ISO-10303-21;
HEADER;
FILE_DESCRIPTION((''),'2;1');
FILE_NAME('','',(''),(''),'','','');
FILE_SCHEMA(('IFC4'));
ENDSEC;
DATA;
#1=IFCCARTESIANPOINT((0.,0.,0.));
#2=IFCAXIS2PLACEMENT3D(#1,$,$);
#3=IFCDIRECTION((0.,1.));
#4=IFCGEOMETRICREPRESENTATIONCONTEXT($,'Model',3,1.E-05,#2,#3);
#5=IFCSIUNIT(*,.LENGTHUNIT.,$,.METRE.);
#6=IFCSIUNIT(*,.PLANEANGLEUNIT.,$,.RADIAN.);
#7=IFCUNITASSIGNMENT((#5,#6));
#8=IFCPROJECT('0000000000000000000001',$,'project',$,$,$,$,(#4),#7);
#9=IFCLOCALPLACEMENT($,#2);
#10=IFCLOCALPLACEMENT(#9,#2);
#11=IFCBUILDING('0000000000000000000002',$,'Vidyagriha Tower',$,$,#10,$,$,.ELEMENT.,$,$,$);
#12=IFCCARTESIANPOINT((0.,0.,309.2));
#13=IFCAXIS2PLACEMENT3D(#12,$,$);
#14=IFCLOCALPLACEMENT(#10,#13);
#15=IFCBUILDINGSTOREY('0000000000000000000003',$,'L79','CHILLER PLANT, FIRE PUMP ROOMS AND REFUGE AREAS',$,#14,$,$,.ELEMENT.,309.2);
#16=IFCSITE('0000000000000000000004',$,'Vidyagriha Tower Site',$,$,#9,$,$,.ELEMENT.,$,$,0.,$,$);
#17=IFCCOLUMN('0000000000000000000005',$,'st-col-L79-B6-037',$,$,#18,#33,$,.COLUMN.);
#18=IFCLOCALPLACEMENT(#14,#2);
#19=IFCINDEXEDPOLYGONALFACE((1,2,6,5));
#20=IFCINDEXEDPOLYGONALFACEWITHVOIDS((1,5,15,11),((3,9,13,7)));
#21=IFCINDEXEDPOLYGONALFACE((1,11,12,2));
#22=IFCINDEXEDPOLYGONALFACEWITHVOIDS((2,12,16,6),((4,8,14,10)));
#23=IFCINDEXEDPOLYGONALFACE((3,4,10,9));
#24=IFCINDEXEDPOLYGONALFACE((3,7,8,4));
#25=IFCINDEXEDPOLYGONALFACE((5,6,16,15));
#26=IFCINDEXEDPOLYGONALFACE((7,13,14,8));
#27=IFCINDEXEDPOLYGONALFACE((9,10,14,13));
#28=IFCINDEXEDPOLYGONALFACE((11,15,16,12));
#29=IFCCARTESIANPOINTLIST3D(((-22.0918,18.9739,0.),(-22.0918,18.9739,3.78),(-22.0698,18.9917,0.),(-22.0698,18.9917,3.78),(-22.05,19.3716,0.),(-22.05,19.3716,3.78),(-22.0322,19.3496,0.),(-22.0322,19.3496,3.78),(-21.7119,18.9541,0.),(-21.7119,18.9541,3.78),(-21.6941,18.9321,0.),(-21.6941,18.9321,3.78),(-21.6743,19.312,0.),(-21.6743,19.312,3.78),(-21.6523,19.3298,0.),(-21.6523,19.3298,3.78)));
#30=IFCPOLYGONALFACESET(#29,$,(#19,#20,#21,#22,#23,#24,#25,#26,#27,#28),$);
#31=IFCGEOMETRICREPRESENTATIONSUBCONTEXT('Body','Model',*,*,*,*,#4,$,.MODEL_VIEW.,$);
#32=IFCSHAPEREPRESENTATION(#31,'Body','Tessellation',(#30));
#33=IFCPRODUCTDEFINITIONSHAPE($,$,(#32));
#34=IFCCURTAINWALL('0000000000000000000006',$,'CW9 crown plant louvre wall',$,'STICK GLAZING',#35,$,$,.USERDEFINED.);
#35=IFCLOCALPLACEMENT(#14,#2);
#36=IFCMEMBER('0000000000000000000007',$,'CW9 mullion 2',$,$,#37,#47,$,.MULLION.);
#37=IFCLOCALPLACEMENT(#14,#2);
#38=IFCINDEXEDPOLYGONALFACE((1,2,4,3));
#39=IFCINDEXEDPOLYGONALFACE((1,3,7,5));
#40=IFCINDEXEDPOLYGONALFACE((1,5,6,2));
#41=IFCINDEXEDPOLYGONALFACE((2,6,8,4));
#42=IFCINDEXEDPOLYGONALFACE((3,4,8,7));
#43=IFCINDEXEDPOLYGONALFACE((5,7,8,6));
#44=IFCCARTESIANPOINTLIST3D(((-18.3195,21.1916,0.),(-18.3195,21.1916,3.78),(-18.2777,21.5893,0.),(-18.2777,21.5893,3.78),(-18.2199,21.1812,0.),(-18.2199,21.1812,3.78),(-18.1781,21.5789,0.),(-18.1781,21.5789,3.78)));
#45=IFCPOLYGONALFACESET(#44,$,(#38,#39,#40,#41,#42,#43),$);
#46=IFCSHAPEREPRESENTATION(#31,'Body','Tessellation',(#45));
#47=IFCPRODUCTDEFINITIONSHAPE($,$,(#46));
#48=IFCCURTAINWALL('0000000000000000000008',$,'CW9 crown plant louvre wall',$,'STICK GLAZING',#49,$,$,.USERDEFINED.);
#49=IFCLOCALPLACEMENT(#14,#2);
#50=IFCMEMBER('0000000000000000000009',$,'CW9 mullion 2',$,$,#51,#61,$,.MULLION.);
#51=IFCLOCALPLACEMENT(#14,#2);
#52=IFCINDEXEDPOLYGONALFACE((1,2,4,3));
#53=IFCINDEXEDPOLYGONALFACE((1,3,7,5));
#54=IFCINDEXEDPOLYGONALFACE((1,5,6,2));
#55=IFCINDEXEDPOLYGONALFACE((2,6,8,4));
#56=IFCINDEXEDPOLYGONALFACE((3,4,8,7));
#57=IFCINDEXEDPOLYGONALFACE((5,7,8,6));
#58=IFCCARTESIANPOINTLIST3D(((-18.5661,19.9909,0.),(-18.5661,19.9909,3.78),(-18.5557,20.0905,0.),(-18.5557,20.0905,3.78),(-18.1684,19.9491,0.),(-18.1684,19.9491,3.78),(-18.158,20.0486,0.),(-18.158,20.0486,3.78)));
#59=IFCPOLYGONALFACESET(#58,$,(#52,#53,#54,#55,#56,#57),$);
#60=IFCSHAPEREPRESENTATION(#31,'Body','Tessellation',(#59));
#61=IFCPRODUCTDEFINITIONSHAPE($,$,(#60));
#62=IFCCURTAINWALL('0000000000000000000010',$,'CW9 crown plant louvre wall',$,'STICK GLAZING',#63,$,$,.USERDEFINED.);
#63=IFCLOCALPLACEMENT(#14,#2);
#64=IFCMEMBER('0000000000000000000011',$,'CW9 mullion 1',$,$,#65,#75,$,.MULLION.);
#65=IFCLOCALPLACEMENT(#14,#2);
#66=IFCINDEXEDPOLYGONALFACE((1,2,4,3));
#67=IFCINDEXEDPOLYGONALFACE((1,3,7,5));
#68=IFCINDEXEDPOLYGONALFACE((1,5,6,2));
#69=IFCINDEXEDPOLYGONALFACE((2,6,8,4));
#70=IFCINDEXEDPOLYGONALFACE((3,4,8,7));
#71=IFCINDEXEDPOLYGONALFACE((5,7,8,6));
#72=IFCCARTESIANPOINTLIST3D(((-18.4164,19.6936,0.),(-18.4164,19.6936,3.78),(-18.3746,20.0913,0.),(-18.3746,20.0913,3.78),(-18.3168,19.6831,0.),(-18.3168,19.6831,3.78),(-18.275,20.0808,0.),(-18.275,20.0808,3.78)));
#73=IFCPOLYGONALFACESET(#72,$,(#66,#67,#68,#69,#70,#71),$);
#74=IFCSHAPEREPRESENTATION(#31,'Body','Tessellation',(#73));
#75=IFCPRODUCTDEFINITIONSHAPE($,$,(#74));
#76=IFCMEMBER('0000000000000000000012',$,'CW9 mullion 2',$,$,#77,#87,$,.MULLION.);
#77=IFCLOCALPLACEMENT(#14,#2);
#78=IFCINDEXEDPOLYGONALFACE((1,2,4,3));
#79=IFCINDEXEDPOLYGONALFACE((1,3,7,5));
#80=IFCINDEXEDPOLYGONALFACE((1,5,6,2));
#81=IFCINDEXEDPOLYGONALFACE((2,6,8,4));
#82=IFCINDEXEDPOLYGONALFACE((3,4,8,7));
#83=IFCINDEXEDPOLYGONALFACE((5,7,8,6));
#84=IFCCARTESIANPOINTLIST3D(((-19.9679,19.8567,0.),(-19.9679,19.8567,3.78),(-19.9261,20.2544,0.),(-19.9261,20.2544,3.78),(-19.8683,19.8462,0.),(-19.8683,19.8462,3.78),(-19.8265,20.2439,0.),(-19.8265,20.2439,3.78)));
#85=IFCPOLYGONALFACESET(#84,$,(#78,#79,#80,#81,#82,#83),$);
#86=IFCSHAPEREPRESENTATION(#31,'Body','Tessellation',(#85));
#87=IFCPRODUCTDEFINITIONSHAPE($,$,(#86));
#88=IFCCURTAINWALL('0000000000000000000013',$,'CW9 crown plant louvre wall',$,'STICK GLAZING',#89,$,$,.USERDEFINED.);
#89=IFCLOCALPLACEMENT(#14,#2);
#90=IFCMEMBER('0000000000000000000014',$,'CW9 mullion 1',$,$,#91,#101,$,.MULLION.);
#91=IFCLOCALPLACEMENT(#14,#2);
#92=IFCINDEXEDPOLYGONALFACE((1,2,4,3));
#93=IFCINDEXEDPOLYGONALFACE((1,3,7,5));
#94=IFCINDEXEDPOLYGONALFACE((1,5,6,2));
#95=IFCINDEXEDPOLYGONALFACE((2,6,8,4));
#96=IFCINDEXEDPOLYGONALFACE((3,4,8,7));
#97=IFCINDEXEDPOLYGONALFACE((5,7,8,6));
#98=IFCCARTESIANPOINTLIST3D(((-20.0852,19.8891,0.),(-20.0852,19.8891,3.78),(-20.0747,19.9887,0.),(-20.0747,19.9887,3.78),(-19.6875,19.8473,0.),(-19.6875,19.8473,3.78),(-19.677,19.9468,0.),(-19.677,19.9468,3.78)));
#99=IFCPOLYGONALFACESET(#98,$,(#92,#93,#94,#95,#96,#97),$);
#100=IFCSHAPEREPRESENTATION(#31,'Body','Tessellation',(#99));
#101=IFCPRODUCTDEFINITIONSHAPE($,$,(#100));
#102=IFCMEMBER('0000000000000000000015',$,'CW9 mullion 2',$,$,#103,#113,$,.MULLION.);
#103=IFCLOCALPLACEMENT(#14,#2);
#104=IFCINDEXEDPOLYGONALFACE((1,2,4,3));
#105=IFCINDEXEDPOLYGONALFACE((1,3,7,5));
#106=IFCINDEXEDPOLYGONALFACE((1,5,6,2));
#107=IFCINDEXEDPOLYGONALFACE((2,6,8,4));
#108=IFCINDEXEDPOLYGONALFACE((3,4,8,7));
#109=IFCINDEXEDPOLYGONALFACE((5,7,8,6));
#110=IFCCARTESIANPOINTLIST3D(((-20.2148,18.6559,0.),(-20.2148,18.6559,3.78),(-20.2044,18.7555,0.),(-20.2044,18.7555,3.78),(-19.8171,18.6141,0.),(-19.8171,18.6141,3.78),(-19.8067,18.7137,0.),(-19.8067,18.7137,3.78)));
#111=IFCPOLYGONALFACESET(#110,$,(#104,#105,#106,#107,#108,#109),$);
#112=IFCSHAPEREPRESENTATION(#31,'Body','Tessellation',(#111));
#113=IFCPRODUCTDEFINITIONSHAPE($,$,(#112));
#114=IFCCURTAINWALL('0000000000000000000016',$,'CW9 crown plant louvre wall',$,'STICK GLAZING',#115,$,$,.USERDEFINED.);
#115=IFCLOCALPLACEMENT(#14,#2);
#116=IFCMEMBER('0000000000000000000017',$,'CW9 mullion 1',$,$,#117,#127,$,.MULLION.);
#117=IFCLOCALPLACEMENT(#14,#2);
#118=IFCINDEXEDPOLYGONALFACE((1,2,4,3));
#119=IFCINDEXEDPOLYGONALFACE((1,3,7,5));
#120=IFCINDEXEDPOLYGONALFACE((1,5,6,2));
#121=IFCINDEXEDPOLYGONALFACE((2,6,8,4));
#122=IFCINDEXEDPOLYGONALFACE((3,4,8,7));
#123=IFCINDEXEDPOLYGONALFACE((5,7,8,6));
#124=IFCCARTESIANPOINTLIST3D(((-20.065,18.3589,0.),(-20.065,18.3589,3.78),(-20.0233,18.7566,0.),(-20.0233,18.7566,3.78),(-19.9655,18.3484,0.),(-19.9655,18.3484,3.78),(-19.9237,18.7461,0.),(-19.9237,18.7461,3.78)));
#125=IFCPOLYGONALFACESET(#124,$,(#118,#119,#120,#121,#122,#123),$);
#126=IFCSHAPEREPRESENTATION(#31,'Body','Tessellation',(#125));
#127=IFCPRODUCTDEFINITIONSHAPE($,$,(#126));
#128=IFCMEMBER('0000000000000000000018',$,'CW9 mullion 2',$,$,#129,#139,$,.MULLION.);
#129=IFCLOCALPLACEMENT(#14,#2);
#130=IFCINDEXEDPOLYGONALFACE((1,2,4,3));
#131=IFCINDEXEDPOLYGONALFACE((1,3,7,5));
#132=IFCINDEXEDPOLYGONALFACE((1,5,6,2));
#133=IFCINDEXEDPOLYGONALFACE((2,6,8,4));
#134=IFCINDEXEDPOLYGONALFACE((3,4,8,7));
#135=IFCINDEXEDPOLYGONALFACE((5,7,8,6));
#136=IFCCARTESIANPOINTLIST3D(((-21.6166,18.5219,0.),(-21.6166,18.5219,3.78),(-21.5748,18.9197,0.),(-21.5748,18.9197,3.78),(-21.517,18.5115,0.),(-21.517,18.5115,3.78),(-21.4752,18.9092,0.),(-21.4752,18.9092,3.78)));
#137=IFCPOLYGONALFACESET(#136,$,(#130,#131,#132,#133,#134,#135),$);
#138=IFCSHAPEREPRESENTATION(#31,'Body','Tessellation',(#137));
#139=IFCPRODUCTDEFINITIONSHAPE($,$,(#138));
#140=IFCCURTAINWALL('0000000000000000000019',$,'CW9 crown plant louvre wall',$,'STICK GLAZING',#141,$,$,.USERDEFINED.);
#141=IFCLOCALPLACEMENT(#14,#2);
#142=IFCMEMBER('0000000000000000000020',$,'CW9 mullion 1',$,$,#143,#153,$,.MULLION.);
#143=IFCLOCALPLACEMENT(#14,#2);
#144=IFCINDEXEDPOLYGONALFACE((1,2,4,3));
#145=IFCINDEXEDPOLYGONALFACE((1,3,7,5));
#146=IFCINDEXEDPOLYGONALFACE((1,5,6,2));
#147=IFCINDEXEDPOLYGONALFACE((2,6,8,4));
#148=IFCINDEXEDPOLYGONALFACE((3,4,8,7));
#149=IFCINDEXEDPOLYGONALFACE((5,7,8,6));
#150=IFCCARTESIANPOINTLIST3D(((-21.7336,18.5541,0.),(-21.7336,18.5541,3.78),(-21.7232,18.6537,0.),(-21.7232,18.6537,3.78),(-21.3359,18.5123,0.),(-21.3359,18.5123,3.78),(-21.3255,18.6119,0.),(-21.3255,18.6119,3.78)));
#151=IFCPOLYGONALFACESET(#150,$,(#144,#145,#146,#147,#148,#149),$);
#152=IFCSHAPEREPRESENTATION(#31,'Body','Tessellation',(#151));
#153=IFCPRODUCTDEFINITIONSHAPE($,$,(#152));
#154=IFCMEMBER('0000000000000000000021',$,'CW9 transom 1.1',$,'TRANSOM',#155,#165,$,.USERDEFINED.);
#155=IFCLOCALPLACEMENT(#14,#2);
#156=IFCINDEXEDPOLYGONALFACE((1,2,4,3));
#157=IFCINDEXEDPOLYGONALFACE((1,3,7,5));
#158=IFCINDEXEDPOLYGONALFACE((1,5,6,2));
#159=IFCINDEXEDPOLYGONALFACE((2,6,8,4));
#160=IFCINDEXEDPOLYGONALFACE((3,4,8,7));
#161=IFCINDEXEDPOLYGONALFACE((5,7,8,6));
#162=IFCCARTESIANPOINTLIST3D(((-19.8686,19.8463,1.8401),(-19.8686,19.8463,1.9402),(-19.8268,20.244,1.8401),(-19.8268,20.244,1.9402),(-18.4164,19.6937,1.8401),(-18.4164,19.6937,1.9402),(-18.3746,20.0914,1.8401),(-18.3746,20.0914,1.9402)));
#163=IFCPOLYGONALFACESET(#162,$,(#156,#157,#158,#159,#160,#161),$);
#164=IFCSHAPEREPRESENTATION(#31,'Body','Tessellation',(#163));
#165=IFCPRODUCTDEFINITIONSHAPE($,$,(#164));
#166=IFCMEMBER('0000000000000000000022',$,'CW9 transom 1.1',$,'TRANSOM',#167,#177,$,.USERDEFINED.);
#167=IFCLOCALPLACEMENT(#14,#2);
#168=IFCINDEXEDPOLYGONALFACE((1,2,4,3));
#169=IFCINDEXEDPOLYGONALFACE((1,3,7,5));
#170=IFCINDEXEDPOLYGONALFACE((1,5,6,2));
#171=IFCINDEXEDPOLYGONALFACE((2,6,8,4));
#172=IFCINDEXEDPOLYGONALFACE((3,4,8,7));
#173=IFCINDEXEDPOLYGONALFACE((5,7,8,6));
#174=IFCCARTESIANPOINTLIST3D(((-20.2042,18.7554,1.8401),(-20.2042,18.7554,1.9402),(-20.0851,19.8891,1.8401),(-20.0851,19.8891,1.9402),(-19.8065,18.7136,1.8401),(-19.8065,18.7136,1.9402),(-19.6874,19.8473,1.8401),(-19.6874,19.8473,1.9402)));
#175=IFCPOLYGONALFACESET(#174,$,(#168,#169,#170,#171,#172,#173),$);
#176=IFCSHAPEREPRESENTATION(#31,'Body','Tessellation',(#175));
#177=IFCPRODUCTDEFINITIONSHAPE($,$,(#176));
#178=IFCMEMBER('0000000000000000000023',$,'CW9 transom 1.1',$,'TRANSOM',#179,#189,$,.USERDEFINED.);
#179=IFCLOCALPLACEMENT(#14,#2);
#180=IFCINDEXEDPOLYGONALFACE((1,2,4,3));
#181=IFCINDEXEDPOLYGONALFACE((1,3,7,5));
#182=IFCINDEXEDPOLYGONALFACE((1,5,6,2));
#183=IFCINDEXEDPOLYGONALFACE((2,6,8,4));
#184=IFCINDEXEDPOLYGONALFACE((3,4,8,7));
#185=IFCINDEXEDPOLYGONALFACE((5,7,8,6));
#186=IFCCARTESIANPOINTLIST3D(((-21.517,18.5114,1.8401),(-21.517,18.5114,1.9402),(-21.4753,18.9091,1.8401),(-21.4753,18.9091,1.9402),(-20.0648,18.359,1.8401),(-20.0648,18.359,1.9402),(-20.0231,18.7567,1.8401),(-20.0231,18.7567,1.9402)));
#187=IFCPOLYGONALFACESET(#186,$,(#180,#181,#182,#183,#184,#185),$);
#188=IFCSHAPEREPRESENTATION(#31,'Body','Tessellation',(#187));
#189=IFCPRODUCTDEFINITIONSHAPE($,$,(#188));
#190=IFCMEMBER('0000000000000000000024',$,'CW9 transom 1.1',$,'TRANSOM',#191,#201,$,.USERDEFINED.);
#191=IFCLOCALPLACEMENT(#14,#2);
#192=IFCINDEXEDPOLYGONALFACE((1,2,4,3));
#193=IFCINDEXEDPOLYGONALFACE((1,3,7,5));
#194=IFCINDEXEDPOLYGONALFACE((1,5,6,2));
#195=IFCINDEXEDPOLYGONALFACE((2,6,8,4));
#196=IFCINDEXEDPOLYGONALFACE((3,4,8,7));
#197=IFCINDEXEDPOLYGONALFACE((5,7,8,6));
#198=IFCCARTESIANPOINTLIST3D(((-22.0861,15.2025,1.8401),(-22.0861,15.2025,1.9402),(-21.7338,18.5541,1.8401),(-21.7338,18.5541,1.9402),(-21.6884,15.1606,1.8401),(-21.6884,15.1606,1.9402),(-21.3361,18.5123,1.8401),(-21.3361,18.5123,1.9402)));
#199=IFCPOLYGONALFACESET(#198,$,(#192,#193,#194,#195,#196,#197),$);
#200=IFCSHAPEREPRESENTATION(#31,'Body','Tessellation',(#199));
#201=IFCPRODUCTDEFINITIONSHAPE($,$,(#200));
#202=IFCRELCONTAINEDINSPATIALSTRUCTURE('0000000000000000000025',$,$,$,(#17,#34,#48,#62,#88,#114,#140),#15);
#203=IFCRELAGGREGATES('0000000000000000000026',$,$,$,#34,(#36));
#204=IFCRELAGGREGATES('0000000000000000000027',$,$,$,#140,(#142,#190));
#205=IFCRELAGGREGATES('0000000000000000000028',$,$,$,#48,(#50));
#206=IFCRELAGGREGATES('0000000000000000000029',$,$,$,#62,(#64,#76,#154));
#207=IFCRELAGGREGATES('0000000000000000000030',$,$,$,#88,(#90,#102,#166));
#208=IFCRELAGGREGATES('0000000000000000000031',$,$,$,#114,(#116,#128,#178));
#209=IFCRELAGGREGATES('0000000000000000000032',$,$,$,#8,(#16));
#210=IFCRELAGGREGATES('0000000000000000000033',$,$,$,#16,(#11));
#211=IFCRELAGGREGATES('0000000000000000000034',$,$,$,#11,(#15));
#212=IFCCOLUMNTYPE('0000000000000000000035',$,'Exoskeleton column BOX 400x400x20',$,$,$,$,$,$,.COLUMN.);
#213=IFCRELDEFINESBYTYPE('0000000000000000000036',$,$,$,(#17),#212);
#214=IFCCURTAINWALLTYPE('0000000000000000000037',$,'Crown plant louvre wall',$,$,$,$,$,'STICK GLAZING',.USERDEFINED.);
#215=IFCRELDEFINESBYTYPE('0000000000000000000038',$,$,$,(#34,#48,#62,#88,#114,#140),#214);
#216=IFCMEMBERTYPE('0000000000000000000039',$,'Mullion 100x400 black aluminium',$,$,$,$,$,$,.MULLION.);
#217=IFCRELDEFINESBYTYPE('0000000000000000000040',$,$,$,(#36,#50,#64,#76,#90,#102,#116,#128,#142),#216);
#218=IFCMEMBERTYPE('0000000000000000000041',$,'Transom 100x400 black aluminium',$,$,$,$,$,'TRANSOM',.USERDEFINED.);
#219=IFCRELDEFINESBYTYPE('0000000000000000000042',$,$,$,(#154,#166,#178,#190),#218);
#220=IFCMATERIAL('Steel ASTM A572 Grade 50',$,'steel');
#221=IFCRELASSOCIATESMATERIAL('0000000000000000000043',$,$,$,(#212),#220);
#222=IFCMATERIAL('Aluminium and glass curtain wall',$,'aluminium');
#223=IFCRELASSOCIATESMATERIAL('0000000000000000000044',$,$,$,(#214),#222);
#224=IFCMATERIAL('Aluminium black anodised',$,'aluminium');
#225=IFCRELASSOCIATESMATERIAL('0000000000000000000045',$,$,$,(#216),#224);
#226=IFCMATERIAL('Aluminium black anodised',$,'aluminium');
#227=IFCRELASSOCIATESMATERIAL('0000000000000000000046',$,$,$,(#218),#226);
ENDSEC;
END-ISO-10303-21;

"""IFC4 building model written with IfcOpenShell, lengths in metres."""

from ifc_helpers import new_model, si_unit, direction, frame, origin, origin_2d, place, context, subcontext, project, spatial, rectangle, hollow_rectangle, extrude, material, material_profile, profile_set, type_object, element, aggregate, save


model = new_model("IFC4")

# Units and contexts
model_context = context("Model", 3, precision=1e-05, world=origin(), true_north=direction((0.0, 1.0)))
body_context = subcontext(model_context, "Body", "Model", "MODEL_VIEW")
ifc_project = project(units=[si_unit("LENGTHUNIT", "METRE"), si_unit("PLANEANGLEUNIT", "RADIAN")], contexts=[model_context])

# Site, building, storey
site_placement = place(None, origin())
site = spatial("IfcSite", under=ifc_project, at=site_placement, Name="Vidyagriha Tower Site", CompositionType="ELEMENT", RefElevation=0.0)
building_placement = place(site_placement, origin())
building = spatial("IfcBuilding", under=site, at=building_placement, Name="Vidyagriha Tower", CompositionType="ELEMENT")
storey_placement = place(building_placement, frame((0.0, 0.0, 309.2)))
storey = spatial("IfcBuildingStorey", under=building, at=storey_placement, Name="L79", Description="CHILLER PLANT, FIRE PUMP ROOMS AND REFUGE AREAS", CompositionType="ELEMENT", Elevation=309.2)

# Column
ifc_material_1 = material(Name="Steel ASTM A572 Grade 50", Category="steel")
ifc_material_profile_1 = material_profile(ifc_material_1, hollow_rectangle(XDim=0.3999, YDim=0.3999, WallThickness=0.02, at=origin_2d()), Name="BOX 400x400x20")
ifc_profile_set_1 = profile_set([ifc_material_profile_1], Name="Steel ASTM A572 Grade 50")
column_type = type_object("IfcColumnType", Name="Exoskeleton column BOX 400x400x20", PredefinedType="COLUMN", material=ifc_profile_set_1)
column_placement = place(storey_placement, frame((-21.8721, 19.1519, 0.0), z_axis=(0.0, 0.0, 1.0), x_axis=(0.994522, -0.104528, 0.0)))
element("IfcColumn", 1, at=column_placement, inside=storey, type_object=column_type, Name="st-col-L79-B6-037", PredefinedType="COLUMN", context=body_context, shape_type="SweptSolid", body=[
    extrude(hollow_rectangle(XDim=0.3999, YDim=0.3999, WallThickness=0.02, at=origin_2d()), origin(), (0.0, 0.0, 1.0), 3.78),
])

# Curtain walls, members
ifc_material_2 = material(Name="Aluminium and glass curtain wall", Category="aluminium")
curtain_wall_type = type_object("IfcCurtainWallType", Name="Crown plant louvre wall", ElementType="STICK GLAZING", PredefinedType="USERDEFINED", material=ifc_material_2)
curtain_wall_1_placement = place(storey_placement, origin())
curtain_wall_1 = element("IfcCurtainWall", 2, at=curtain_wall_1_placement, inside=storey, type_object=curtain_wall_type, Name="CW9 crown plant louvre wall", ObjectType="STICK GLAZING", PredefinedType="USERDEFINED")
ifc_material_3 = material(Name="Aluminium black anodised", Category="aluminium")
ifc_material_profile_2 = material_profile(ifc_material_3, rectangle(XDim=0.3999, YDim=0.1001, at=origin_2d()), Name="Mullion 100x400 black aluminium")
ifc_profile_set_2 = profile_set([ifc_material_profile_2], Name="Aluminium black anodised")
member_type_1 = type_object("IfcMemberType", Name="Mullion 100x400 black aluminium", PredefinedType="MULLION", material=ifc_profile_set_2)
member_1_placement = place(storey_placement, frame((-18.2488, 21.3853, 0.0), z_axis=(0.0, 0.0, 1.0), x_axis=(-0.104519, -0.994523, 0.0)))
member_1 = element("IfcMember", 3, at=member_1_placement, type_object=member_type_1, Name="CW9 mullion 2", PredefinedType="MULLION", context=body_context, shape_type="SweptSolid", body=[
    extrude(rectangle(XDim=0.3999, YDim=0.1001, at=origin_2d()), origin(), (0.0, 0.0, 1.0), 3.78),
])
aggregate(curtain_wall_1, [member_1])
curtain_wall_2_placement = place(storey_placement, origin())
curtain_wall_2 = element("IfcCurtainWall", 4, at=curtain_wall_2_placement, inside=storey, type_object=curtain_wall_type, Name="CW9 crown plant louvre wall", ObjectType="STICK GLAZING", PredefinedType="USERDEFINED")
member_2_placement = place(storey_placement, frame((-18.3621, 20.0198, 0.0), z_axis=(0.0, 0.0, 1.0), x_axis=(0.99452, -0.104549, 0.0)))
member_2 = element("IfcMember", 5, at=member_2_placement, type_object=member_type_1, Name="CW9 mullion 2", PredefinedType="MULLION", context=body_context, shape_type="SweptSolid", body=[
    extrude(rectangle(XDim=0.3999, YDim=0.1001, at=origin_2d()), origin(), (0.0, 0.0, 1.0), 3.78),
])

# Curtain walls, members
curtain_wall_3_placement = place(storey_placement, origin())
curtain_wall_3 = element("IfcCurtainWall", 6, at=curtain_wall_3_placement, inside=storey, type_object=curtain_wall_type, Name="CW9 crown plant louvre wall", ObjectType="STICK GLAZING", PredefinedType="USERDEFINED")
member_3_placement = place(storey_placement, frame((-18.3457, 19.8872, 0.0), z_axis=(0.0, 0.0, 1.0), x_axis=(-0.104512, -0.994524, 0.0)))
member_3 = element("IfcMember", 7, at=member_3_placement, type_object=member_type_1, Name="CW9 mullion 1", PredefinedType="MULLION", context=body_context, shape_type="SweptSolid", body=[
    extrude(rectangle(XDim=0.3999, YDim=0.1001, at=origin_2d()), origin(), (0.0, 0.0, 1.0), 3.78),
])
member_4_placement = place(storey_placement, frame((-19.8972, 20.0503, 0.0), z_axis=(0.0, 0.0, 1.0), x_axis=(-0.104512, -0.994524, 0.0)))
member_4 = element("IfcMember", 8, at=member_4_placement, type_object=member_type_1, Name="CW9 mullion 2", PredefinedType="MULLION", context=body_context, shape_type="SweptSolid", body=[
    extrude(rectangle(XDim=0.3999, YDim=0.1001, at=origin_2d()), origin(), (0.0, 0.0, 1.0), 3.78),
])
curtain_wall_4_placement = place(storey_placement, origin())
curtain_wall_4 = element("IfcCurtainWall", 9, at=curtain_wall_4_placement, inside=storey, type_object=curtain_wall_type, Name="CW9 crown plant louvre wall", ObjectType="STICK GLAZING", PredefinedType="USERDEFINED")
member_5_placement = place(storey_placement, frame((-19.8811, 19.918, 0.0), z_axis=(0.0, 0.0, 1.0), x_axis=(0.994518, -0.104564, 0.0)))
member_5 = element("IfcMember", 10, at=member_5_placement, type_object=member_type_1, Name="CW9 mullion 1", PredefinedType="MULLION", context=body_context, shape_type="SweptSolid", body=[
    extrude(rectangle(XDim=0.3999, YDim=0.1001, at=origin_2d()), origin(), (0.0, 0.0, 1.0), 3.78),
])
member_6_placement = place(storey_placement, frame((-20.0107, 18.6848, 0.0), z_axis=(0.0, 0.0, 1.0), x_axis=(0.994518, -0.104564, 0.0)))
member_6 = element("IfcMember", 11, at=member_6_placement, type_object=member_type_1, Name="CW9 mullion 2", PredefinedType="MULLION", context=body_context, shape_type="SweptSolid", body=[
    extrude(rectangle(XDim=0.3999, YDim=0.1001, at=origin_2d()), origin(), (0.0, 0.0, 1.0), 3.78),
])
curtain_wall_5_placement = place(storey_placement, origin())
curtain_wall_5 = element("IfcCurtainWall", 12, at=curtain_wall_5_placement, inside=storey, type_object=curtain_wall_type, Name="CW9 crown plant louvre wall", ObjectType="STICK GLAZING", PredefinedType="USERDEFINED")
member_7_placement = place(storey_placement, frame((-19.9944, 18.5525, 0.0), z_axis=(0.0, 0.0, 1.0), x_axis=(-0.104453, -0.99453, 0.0)))
member_7 = element("IfcMember", 13, at=member_7_placement, type_object=member_type_1, Name="CW9 mullion 1", PredefinedType="MULLION", context=body_context, shape_type="SweptSolid", body=[
    extrude(rectangle(XDim=0.3999, YDim=0.1001, at=origin_2d()), origin(), (0.0, 0.0, 1.0), 3.78),
])
member_8_placement = place(storey_placement, frame((-21.5459, 18.7156, 0.0), z_axis=(0.0, 0.0, 1.0), x_axis=(-0.104453, -0.99453, 0.0)))
member_8 = element("IfcMember", 14, at=member_8_placement, type_object=member_type_1, Name="CW9 mullion 2", PredefinedType="MULLION", context=body_context, shape_type="SweptSolid", body=[
    extrude(rectangle(XDim=0.3999, YDim=0.1001, at=origin_2d()), origin(), (0.0, 0.0, 1.0), 3.78),
])

# Curtain wall, member
curtain_wall_6_placement = place(storey_placement, origin())
curtain_wall_6 = element("IfcCurtainWall", 15, at=curtain_wall_6_placement, inside=storey, type_object=curtain_wall_type, Name="CW9 crown plant louvre wall", ObjectType="STICK GLAZING", PredefinedType="USERDEFINED")
member_9_placement = place(storey_placement, frame((-21.5295, 18.583, 0.0), z_axis=(0.0, 0.0, 1.0), x_axis=(0.994522, -0.104527, 0.0)))
member_9 = element("IfcMember", 16, at=member_9_placement, type_object=member_type_1, Name="CW9 mullion 1", PredefinedType="MULLION", context=body_context, shape_type="SweptSolid", body=[
    extrude(rectangle(XDim=0.3999, YDim=0.1001, at=origin_2d()), origin(), (0.0, 0.0, 1.0), 3.78),
])

# Members
ifc_material_4 = material(Name="Aluminium black anodised", Category="aluminium")
ifc_material_profile_3 = material_profile(ifc_material_4, rectangle(XDim=0.3999, YDim=0.1001, at=origin_2d()), Name="Transom 100x400 black aluminium")
ifc_profile_set_3 = profile_set([ifc_material_profile_3], Name="Aluminium black anodised")
member_type_2 = type_object("IfcMemberType", Name="Transom 100x400 black aluminium", ElementType="TRANSOM", PredefinedType="USERDEFINED", material=ifc_profile_set_3)
member_10_placement = place(storey_placement, frame((-18.3955, 19.8926, 1.8901), z_axis=(-0.994525, 0.104502, 0.0), x_axis=(-0.104502, -0.994525, 0.0)))
member_10 = element("IfcMember", 17, at=member_10_placement, type_object=member_type_2, Name="CW9 transom 1.1", ObjectType="TRANSOM", PredefinedType="USERDEFINED", context=body_context, shape_type="SweptSolid", body=[
    extrude(rectangle(XDim=0.3999, YDim=0.1001, at=origin_2d()), origin(), (0.0, 0.0, 1.0), 1.4602),
])
member_11_placement = place(storey_placement, frame((-19.8862, 19.8682, 1.8901), z_axis=(-0.104529, -0.994522, 0.0), x_axis=(0.994522, -0.104529, 0.0)))
member_11 = element("IfcMember", 18, at=member_11_placement, type_object=member_type_2, Name="CW9 transom 1.1", ObjectType="TRANSOM", PredefinedType="USERDEFINED", context=body_context, shape_type="SweptSolid", body=[
    extrude(rectangle(XDim=0.3999, YDim=0.1001, at=origin_2d()), origin(), (0.0, 0.0, 1.0), 1.1399),
])
member_12_placement = place(storey_placement, frame((-20.0439, 18.5579, 1.8901), z_axis=(-0.994542, 0.104337, 0.0), x_axis=(-0.104337, -0.994542, 0.0)))
member_12 = element("IfcMember", 19, at=member_12_placement, type_object=member_type_2, Name="CW9 transom 1.1", ObjectType="TRANSOM", PredefinedType="USERDEFINED", context=body_context, shape_type="SweptSolid", body=[
    extrude(rectangle(XDim=0.3999, YDim=0.1001, at=origin_2d()), origin(), (0.0, 0.0, 1.0), 1.4602),
])
member_13_placement = place(storey_placement, frame((-21.5349, 18.5332, 1.8901), z_axis=(-0.104538, -0.994521, 0.0), x_axis=(0.994521, -0.104538, 0.0)))
member_13 = element("IfcMember", 20, at=member_13_placement, type_object=member_type_2, Name="CW9 transom 1.1", ObjectType="TRANSOM", PredefinedType="USERDEFINED", context=body_context, shape_type="SweptSolid", body=[
    extrude(rectangle(XDim=0.3999, YDim=0.1001, at=origin_2d()), origin(), (0.0, 0.0, 1.0), 3.3701),
])
aggregate(curtain_wall_6, [member_9, member_13])

aggregate(curtain_wall_2, [member_2])
aggregate(curtain_wall_3, [member_3, member_4, member_10])
aggregate(curtain_wall_4, [member_5, member_6, member_11])
aggregate(curtain_wall_5, [member_7, member_8, member_12])

save(model, "model.ifc")
